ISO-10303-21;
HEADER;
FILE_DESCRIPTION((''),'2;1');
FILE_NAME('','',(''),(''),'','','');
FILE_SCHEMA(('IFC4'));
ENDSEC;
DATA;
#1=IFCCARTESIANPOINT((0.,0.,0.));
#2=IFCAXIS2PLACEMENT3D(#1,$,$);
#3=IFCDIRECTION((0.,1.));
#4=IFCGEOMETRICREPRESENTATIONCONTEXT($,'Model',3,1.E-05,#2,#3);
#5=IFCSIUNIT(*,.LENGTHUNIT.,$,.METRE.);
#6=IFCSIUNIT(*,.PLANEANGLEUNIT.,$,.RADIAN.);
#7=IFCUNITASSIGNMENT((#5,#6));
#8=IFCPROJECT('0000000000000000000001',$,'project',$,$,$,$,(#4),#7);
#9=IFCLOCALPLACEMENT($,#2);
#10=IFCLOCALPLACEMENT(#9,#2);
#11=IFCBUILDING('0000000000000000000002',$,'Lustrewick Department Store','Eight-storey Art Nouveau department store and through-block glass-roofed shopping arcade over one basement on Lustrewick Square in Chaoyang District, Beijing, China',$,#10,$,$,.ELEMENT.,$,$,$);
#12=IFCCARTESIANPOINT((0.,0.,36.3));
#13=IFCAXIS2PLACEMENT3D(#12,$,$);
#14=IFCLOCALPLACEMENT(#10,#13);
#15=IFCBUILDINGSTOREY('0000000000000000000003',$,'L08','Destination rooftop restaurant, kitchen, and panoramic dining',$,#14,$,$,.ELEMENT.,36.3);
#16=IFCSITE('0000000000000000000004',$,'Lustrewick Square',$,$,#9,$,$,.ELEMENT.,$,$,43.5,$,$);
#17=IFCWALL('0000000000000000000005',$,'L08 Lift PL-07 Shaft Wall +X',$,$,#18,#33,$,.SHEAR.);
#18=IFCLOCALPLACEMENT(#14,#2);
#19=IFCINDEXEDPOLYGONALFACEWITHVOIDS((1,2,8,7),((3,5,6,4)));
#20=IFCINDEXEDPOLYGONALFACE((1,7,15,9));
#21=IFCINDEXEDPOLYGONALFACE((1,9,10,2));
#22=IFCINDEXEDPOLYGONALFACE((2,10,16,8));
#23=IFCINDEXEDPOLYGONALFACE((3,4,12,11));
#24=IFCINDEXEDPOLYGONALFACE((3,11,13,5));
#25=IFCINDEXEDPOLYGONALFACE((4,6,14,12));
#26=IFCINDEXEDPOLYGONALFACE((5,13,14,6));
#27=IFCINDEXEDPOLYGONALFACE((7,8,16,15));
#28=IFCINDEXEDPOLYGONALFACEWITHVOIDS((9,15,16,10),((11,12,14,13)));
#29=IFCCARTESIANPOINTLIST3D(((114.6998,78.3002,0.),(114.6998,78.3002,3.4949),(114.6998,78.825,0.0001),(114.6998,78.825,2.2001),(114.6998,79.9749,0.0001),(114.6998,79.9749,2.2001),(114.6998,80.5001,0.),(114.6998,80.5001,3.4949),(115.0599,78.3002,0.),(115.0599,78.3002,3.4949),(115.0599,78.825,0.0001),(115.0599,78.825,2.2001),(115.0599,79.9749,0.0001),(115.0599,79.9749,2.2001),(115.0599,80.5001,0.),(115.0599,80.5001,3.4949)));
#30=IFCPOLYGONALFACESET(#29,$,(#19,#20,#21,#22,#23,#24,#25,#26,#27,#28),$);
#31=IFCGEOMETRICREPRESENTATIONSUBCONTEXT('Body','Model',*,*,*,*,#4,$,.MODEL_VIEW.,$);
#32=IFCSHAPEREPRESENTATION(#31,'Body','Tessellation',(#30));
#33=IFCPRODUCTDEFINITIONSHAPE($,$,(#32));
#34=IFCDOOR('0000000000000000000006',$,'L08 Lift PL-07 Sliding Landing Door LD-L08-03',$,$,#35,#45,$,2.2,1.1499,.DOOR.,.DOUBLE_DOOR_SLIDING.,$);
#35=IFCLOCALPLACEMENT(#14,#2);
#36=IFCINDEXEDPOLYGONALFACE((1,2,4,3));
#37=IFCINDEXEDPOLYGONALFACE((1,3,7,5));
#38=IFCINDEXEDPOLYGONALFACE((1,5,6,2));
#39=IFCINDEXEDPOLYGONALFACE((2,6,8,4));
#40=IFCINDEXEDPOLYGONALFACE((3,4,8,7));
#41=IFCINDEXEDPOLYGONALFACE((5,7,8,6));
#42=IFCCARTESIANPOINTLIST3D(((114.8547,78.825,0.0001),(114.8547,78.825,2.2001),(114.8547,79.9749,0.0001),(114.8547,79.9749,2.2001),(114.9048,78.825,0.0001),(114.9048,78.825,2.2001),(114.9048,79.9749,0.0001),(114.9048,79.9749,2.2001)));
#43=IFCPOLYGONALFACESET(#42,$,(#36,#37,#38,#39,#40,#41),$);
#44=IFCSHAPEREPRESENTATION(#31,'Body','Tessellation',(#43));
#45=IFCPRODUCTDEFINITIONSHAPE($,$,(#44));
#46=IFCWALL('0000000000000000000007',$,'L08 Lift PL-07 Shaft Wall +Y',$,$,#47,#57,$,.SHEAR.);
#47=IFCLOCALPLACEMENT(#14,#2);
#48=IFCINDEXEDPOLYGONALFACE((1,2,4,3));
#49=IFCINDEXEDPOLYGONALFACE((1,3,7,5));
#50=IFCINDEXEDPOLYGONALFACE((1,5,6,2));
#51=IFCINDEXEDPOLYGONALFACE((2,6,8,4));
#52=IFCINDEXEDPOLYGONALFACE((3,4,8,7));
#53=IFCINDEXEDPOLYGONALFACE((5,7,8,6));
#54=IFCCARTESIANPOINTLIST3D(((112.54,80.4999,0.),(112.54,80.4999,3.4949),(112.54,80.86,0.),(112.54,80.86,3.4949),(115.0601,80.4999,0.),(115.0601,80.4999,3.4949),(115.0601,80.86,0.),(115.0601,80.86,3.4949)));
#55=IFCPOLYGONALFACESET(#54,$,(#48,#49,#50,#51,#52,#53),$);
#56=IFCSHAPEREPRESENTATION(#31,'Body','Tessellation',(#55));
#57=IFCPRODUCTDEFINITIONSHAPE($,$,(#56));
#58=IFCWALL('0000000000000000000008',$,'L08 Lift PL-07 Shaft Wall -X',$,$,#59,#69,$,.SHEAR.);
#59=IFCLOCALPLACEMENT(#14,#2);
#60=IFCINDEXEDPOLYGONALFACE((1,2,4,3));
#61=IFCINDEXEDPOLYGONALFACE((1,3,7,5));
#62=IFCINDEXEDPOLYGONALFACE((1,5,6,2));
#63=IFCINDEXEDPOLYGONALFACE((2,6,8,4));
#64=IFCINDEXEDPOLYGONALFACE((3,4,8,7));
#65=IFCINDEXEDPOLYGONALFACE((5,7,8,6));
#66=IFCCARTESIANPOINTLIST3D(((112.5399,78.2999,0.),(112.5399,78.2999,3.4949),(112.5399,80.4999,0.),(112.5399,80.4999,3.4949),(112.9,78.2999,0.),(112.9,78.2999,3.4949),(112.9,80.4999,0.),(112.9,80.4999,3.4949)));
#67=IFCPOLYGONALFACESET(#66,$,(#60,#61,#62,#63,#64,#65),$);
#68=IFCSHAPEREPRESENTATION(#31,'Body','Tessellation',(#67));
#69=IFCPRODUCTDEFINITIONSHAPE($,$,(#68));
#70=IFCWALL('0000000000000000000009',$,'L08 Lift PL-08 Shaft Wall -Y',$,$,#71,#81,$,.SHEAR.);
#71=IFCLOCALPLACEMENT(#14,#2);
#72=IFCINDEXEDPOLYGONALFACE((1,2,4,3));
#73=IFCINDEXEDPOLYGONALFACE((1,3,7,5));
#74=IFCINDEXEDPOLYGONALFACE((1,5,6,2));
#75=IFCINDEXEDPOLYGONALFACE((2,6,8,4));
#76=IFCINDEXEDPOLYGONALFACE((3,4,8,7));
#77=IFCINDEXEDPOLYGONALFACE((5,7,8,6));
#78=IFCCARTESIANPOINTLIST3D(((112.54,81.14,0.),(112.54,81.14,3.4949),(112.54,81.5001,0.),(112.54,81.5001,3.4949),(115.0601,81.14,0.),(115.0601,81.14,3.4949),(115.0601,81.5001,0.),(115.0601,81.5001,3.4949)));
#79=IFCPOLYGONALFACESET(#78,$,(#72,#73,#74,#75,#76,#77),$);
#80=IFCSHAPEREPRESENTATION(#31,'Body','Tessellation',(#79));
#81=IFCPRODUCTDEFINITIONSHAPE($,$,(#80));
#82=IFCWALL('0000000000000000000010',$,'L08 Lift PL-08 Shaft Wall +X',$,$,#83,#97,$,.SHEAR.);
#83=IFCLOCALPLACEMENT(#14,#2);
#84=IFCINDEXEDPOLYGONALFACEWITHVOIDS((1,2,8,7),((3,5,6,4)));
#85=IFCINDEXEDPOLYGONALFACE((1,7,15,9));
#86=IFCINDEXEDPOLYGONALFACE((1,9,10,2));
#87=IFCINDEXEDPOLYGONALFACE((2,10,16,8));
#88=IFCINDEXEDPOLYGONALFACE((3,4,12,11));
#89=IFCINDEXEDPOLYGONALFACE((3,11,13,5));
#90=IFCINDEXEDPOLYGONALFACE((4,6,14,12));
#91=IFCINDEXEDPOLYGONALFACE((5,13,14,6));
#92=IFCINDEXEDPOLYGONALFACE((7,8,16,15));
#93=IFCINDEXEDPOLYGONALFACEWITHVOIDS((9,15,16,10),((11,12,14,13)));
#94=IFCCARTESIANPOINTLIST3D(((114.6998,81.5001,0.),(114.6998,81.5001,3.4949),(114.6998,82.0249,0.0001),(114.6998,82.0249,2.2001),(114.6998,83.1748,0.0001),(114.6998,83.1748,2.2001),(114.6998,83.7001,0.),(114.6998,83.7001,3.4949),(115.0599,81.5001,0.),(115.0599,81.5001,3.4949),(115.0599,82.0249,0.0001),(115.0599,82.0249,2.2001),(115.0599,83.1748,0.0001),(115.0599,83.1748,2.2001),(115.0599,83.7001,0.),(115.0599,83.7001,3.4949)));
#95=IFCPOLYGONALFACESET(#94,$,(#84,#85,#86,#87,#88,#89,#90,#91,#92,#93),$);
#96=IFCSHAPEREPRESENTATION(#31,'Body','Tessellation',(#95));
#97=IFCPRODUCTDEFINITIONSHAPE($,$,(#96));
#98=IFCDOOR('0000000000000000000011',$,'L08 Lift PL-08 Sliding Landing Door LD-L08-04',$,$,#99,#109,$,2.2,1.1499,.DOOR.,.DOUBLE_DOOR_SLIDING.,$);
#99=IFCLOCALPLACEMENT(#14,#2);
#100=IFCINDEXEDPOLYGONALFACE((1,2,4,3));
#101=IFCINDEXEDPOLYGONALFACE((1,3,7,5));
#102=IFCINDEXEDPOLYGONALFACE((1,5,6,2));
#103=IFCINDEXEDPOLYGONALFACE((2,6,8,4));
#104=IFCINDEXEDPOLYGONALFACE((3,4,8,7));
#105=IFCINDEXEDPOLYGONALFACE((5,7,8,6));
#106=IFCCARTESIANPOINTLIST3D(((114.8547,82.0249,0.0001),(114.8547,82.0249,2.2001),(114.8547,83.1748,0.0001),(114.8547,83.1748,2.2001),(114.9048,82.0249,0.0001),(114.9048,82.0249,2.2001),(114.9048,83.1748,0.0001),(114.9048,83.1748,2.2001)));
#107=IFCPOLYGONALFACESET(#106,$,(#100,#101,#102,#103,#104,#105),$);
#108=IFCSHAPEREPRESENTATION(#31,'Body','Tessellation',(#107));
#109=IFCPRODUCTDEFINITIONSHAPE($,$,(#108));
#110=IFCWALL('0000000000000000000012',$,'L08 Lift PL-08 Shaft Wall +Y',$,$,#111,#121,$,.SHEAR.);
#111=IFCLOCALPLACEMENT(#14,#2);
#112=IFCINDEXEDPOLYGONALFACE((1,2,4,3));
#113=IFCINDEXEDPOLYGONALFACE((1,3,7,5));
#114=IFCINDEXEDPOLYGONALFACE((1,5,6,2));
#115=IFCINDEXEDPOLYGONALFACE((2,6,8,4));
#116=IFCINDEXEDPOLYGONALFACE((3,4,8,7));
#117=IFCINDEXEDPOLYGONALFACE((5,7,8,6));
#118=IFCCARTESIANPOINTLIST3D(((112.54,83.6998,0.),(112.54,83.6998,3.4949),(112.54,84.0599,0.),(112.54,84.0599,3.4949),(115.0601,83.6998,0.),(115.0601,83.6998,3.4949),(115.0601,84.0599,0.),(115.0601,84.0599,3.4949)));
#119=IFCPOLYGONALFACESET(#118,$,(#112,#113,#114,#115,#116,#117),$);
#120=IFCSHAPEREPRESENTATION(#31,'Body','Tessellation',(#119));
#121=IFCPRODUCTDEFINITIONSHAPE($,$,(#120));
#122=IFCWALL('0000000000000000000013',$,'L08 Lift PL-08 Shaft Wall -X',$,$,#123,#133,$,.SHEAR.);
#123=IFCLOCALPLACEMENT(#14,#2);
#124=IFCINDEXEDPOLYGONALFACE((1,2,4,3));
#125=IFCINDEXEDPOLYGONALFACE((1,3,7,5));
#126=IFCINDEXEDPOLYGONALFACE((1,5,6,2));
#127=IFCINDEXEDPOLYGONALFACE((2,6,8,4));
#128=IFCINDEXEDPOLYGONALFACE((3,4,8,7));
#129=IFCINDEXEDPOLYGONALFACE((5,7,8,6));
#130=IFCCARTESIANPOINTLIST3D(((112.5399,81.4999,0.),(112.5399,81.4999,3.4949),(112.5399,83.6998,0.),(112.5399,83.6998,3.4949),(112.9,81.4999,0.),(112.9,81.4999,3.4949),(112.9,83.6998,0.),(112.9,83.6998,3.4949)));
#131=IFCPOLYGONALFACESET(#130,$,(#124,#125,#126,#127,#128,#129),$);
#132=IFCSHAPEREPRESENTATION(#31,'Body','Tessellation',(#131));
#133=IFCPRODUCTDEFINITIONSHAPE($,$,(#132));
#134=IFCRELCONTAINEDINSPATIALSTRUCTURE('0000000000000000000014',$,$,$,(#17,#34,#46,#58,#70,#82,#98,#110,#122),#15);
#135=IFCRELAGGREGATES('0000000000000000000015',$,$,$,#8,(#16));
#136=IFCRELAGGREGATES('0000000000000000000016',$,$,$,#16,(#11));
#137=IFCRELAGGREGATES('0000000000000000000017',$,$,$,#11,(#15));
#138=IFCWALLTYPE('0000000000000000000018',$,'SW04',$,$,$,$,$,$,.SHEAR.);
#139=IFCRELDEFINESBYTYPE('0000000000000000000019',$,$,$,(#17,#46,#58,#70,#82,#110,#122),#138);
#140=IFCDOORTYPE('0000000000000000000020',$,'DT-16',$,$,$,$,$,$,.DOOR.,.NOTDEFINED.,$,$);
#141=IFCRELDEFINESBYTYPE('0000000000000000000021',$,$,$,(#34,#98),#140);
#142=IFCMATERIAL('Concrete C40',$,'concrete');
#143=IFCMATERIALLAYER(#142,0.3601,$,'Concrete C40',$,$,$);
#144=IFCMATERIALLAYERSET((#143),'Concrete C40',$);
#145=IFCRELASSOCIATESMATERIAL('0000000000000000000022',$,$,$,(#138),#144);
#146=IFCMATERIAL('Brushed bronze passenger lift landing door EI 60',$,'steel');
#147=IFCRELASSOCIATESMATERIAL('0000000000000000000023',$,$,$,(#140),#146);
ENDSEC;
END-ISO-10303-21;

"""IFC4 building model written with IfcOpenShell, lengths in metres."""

from ifc_helpers import new_model, si_unit, direction, frame, frame_2d, origin, place, context, subcontext, project, spatial, rectangle, extrude, material, layer, layer_set, type_object, element, fill, save


model = new_model("IFC4")

# Units and contexts
model_context = context("Model", 3, precision=1e-05, world=origin(), true_north=direction((0.0, 1.0)))
body_context = subcontext(model_context, "Body", "Model", "MODEL_VIEW")
ifc_project = project(units=[si_unit("LENGTHUNIT", "METRE"), si_unit("PLANEANGLEUNIT", "RADIAN")], contexts=[model_context])

# Site, building, storey
site_placement = place(None, origin())
site = spatial("IfcSite", under=ifc_project, at=site_placement, Name="Lustrewick Square", CompositionType="ELEMENT", RefElevation=43.5)
building_placement = place(site_placement, origin())
building = spatial("IfcBuilding", under=site, at=building_placement, Name="Lustrewick Department Store", Description="Eight-storey Art Nouveau department store and through-block glass-roofed shopping arcade over one basement on Lustrewick Square in Chaoyang District, Beijing, China", CompositionType="ELEMENT")
storey_placement = place(building_placement, frame((0.0, 0.0, 36.3)))
storey = spatial("IfcBuildingStorey", under=building, at=storey_placement, Name="L08", Description="Destination rooftop restaurant, kitchen, and panoramic dining", CompositionType="ELEMENT", Elevation=36.3)

# Shared definitions
ifc_material_1 = material(Name="Concrete C40", Category="concrete")
ifc_layer_1 = layer(ifc_material_1, 0.3601, Name="Concrete C40")
ifc_layer_set_1 = layer_set([ifc_layer_1], Name="Concrete C40")
wall_type_1 = type_object("IfcWallType", Name="SW04", PredefinedType="SHEAR", material=ifc_layer_set_1)

# Wall, opening, door
wall_1_placement = place(storey_placement, frame((114.8799, 78.3, 0.0), z_axis=(0.0, 0.0, 1.0), x_axis=(0.0, 1.0, 0.0)))
wall_1 = element("IfcWall", 1, at=wall_1_placement, inside=storey, type_object=wall_type_1, Name="L08 Lift PL-07 Shaft Wall +X", PredefinedType="SHEAR", context=body_context, shape_type="SweptSolid", body=[
    extrude(rectangle(XDim=2.2, YDim=0.3601, at=frame_2d((1.1001, 0.0))), origin(), (0.0, 0.0, 1.0), 3.4949),
])
opening_1_placement = place(wall_1_placement, frame((0.5249, 0.0, 0.0)))
opening_1 = element("IfcOpeningElement", 2, at=opening_1_placement, cuts=wall_1, PredefinedType="OPENING", context=body_context, shape_type="SweptSolid", body=[
    extrude(rectangle(XDim=1.1499, YDim=2.2, at=frame_2d((0.575, 1.1001))), frame((0.0, 0.1899, 0.0), z_axis=(0.0, -1.0, 0.0), x_axis=(1.0, 0.0, 0.0)), (0.0, 0.0, 1.0), 0.3801),
])
ifc_material_2 = material(Name="Brushed bronze passenger lift landing door EI 60", Category="steel")
door_type = type_object("IfcDoorType", Name="DT-16", OperationType="NOTDEFINED", PredefinedType="DOOR", material=ifc_material_2)
door_1_placement = place(opening_1_placement, frame((1.1499, 0.0, 0.0), z_axis=(0.0, 0.0, 1.0), x_axis=(-1.0, 0.0, 0.0)))
door_1 = element("IfcDoor", 3, at=door_1_placement, inside=storey, type_object=door_type, Name="L08 Lift PL-07 Sliding Landing Door LD-L08-03", OperationType="DOUBLE_DOOR_SLIDING", OverallHeight=2.2, OverallWidth=1.1499, PredefinedType="DOOR", context=body_context, shape_type="SweptSolid", body=[
    extrude(rectangle(XDim=1.1499, YDim=2.2, at=frame_2d((0.575, 1.1001))), frame((0.0, 0.0249, 0.0), z_axis=(0.0, -1.0, 0.0), x_axis=(1.0, 0.0, 0.0)), (0.0, 0.0, 1.0), 0.05),
])
fill(opening_1, door_1)

# Walls
wall_2_placement = place(storey_placement, frame((115.0601, 80.6799, 0.0), z_axis=(0.0, 0.0, 1.0), x_axis=(-1.0, 0.0, 0.0)))
element("IfcWall", 4, at=wall_2_placement, inside=storey, type_object=wall_type_1, Name="L08 Lift PL-07 Shaft Wall +Y", PredefinedType="SHEAR", context=body_context, shape_type="SweptSolid", body=[
    extrude(rectangle(XDim=2.52, YDim=0.3601, at=frame_2d((1.26, 0.0))), origin(), (0.0, 0.0, 1.0), 3.4949),
])
wall_3_placement = place(storey_placement, frame((112.72, 80.5, 0.0), z_axis=(0.0, 0.0, 1.0), x_axis=(0.0, -1.0, 0.0)))
element("IfcWall", 5, at=wall_3_placement, inside=storey, type_object=wall_type_1, Name="L08 Lift PL-07 Shaft Wall -X", PredefinedType="SHEAR", context=body_context, shape_type="SweptSolid", body=[
    extrude(rectangle(XDim=2.2, YDim=0.3601, at=frame_2d((1.1001, 0.0))), origin(), (0.0, 0.0, 1.0), 3.4949),
])
wall_4_placement = place(storey_placement, frame((112.54, 81.3201, 0.0), z_axis=(0.0, 0.0, 1.0), x_axis=(1.0, 0.0, 0.0)))
element("IfcWall", 6, at=wall_4_placement, inside=storey, type_object=wall_type_1, Name="L08 Lift PL-08 Shaft Wall -Y", PredefinedType="SHEAR", context=body_context, shape_type="SweptSolid", body=[
    extrude(rectangle(XDim=2.52, YDim=0.3601, at=frame_2d((1.26, 0.0))), origin(), (0.0, 0.0, 1.0), 3.4949),
])

# Wall, opening, door
wall_5_placement = place(storey_placement, frame((114.8799, 81.5, 0.0), z_axis=(0.0, 0.0, 1.0), x_axis=(0.0, 1.0, 0.0)))
wall_5 = element("IfcWall", 7, at=wall_5_placement, inside=storey, type_object=wall_type_1, Name="L08 Lift PL-08 Shaft Wall +X", PredefinedType="SHEAR", context=body_context, shape_type="SweptSolid", body=[
    extrude(rectangle(XDim=2.2, YDim=0.3601, at=frame_2d((1.1001, 0.0))), origin(), (0.0, 0.0, 1.0), 3.4949),
])
opening_2_placement = place(wall_5_placement, frame((0.5249, 0.0, 0.0)))
opening_2 = element("IfcOpeningElement", 8, at=opening_2_placement, cuts=wall_5, PredefinedType="OPENING", context=body_context, shape_type="SweptSolid", body=[
    extrude(rectangle(XDim=1.1499, YDim=2.2, at=frame_2d((0.575, 1.1001))), frame((0.0, 0.1899, 0.0), z_axis=(0.0, -1.0, 0.0), x_axis=(1.0, 0.0, 0.0)), (0.0, 0.0, 1.0), 0.3801),
])
door_2_placement = place(opening_2_placement, frame((1.1499, 0.0, 0.0), z_axis=(0.0, 0.0, 1.0), x_axis=(-1.0, 0.0, 0.0)))
door_2 = element("IfcDoor", 9, at=door_2_placement, inside=storey, type_object=door_type, Name="L08 Lift PL-08 Sliding Landing Door LD-L08-04", OperationType="DOUBLE_DOOR_SLIDING", OverallHeight=2.2, OverallWidth=1.1499, PredefinedType="DOOR", context=body_context, shape_type="SweptSolid", body=[
    extrude(rectangle(XDim=1.1499, YDim=2.2, at=frame_2d((0.575, 1.1001))), frame((0.0, 0.0249, 0.0), z_axis=(0.0, -1.0, 0.0), x_axis=(1.0, 0.0, 0.0)), (0.0, 0.0, 1.0), 0.05),
])
fill(opening_2, door_2)

# Walls
wall_6_placement = place(storey_placement, frame((115.0601, 83.8799, 0.0), z_axis=(0.0, 0.0, 1.0), x_axis=(-1.0, 0.0, 0.0)))
element("IfcWall", 10, at=wall_6_placement, inside=storey, type_object=wall_type_1, Name="L08 Lift PL-08 Shaft Wall +Y", PredefinedType="SHEAR", context=body_context, shape_type="SweptSolid", body=[
    extrude(rectangle(XDim=2.52, YDim=0.3601, at=frame_2d((1.26, 0.0))), origin(), (0.0, 0.0, 1.0), 3.4949),
])
wall_7_placement = place(storey_placement, frame((112.72, 83.7, 0.0), z_axis=(0.0, 0.0, 1.0), x_axis=(0.0, -1.0, 0.0)))
element("IfcWall", 11, at=wall_7_placement, inside=storey, type_object=wall_type_1, Name="L08 Lift PL-08 Shaft Wall -X", PredefinedType="SHEAR", context=body_context, shape_type="SweptSolid", body=[
    extrude(rectangle(XDim=2.2, YDim=0.3601, at=frame_2d((1.1001, 0.0))), origin(), (0.0, 0.0, 1.0), 3.4949),
])

save(model, "model.ifc")
